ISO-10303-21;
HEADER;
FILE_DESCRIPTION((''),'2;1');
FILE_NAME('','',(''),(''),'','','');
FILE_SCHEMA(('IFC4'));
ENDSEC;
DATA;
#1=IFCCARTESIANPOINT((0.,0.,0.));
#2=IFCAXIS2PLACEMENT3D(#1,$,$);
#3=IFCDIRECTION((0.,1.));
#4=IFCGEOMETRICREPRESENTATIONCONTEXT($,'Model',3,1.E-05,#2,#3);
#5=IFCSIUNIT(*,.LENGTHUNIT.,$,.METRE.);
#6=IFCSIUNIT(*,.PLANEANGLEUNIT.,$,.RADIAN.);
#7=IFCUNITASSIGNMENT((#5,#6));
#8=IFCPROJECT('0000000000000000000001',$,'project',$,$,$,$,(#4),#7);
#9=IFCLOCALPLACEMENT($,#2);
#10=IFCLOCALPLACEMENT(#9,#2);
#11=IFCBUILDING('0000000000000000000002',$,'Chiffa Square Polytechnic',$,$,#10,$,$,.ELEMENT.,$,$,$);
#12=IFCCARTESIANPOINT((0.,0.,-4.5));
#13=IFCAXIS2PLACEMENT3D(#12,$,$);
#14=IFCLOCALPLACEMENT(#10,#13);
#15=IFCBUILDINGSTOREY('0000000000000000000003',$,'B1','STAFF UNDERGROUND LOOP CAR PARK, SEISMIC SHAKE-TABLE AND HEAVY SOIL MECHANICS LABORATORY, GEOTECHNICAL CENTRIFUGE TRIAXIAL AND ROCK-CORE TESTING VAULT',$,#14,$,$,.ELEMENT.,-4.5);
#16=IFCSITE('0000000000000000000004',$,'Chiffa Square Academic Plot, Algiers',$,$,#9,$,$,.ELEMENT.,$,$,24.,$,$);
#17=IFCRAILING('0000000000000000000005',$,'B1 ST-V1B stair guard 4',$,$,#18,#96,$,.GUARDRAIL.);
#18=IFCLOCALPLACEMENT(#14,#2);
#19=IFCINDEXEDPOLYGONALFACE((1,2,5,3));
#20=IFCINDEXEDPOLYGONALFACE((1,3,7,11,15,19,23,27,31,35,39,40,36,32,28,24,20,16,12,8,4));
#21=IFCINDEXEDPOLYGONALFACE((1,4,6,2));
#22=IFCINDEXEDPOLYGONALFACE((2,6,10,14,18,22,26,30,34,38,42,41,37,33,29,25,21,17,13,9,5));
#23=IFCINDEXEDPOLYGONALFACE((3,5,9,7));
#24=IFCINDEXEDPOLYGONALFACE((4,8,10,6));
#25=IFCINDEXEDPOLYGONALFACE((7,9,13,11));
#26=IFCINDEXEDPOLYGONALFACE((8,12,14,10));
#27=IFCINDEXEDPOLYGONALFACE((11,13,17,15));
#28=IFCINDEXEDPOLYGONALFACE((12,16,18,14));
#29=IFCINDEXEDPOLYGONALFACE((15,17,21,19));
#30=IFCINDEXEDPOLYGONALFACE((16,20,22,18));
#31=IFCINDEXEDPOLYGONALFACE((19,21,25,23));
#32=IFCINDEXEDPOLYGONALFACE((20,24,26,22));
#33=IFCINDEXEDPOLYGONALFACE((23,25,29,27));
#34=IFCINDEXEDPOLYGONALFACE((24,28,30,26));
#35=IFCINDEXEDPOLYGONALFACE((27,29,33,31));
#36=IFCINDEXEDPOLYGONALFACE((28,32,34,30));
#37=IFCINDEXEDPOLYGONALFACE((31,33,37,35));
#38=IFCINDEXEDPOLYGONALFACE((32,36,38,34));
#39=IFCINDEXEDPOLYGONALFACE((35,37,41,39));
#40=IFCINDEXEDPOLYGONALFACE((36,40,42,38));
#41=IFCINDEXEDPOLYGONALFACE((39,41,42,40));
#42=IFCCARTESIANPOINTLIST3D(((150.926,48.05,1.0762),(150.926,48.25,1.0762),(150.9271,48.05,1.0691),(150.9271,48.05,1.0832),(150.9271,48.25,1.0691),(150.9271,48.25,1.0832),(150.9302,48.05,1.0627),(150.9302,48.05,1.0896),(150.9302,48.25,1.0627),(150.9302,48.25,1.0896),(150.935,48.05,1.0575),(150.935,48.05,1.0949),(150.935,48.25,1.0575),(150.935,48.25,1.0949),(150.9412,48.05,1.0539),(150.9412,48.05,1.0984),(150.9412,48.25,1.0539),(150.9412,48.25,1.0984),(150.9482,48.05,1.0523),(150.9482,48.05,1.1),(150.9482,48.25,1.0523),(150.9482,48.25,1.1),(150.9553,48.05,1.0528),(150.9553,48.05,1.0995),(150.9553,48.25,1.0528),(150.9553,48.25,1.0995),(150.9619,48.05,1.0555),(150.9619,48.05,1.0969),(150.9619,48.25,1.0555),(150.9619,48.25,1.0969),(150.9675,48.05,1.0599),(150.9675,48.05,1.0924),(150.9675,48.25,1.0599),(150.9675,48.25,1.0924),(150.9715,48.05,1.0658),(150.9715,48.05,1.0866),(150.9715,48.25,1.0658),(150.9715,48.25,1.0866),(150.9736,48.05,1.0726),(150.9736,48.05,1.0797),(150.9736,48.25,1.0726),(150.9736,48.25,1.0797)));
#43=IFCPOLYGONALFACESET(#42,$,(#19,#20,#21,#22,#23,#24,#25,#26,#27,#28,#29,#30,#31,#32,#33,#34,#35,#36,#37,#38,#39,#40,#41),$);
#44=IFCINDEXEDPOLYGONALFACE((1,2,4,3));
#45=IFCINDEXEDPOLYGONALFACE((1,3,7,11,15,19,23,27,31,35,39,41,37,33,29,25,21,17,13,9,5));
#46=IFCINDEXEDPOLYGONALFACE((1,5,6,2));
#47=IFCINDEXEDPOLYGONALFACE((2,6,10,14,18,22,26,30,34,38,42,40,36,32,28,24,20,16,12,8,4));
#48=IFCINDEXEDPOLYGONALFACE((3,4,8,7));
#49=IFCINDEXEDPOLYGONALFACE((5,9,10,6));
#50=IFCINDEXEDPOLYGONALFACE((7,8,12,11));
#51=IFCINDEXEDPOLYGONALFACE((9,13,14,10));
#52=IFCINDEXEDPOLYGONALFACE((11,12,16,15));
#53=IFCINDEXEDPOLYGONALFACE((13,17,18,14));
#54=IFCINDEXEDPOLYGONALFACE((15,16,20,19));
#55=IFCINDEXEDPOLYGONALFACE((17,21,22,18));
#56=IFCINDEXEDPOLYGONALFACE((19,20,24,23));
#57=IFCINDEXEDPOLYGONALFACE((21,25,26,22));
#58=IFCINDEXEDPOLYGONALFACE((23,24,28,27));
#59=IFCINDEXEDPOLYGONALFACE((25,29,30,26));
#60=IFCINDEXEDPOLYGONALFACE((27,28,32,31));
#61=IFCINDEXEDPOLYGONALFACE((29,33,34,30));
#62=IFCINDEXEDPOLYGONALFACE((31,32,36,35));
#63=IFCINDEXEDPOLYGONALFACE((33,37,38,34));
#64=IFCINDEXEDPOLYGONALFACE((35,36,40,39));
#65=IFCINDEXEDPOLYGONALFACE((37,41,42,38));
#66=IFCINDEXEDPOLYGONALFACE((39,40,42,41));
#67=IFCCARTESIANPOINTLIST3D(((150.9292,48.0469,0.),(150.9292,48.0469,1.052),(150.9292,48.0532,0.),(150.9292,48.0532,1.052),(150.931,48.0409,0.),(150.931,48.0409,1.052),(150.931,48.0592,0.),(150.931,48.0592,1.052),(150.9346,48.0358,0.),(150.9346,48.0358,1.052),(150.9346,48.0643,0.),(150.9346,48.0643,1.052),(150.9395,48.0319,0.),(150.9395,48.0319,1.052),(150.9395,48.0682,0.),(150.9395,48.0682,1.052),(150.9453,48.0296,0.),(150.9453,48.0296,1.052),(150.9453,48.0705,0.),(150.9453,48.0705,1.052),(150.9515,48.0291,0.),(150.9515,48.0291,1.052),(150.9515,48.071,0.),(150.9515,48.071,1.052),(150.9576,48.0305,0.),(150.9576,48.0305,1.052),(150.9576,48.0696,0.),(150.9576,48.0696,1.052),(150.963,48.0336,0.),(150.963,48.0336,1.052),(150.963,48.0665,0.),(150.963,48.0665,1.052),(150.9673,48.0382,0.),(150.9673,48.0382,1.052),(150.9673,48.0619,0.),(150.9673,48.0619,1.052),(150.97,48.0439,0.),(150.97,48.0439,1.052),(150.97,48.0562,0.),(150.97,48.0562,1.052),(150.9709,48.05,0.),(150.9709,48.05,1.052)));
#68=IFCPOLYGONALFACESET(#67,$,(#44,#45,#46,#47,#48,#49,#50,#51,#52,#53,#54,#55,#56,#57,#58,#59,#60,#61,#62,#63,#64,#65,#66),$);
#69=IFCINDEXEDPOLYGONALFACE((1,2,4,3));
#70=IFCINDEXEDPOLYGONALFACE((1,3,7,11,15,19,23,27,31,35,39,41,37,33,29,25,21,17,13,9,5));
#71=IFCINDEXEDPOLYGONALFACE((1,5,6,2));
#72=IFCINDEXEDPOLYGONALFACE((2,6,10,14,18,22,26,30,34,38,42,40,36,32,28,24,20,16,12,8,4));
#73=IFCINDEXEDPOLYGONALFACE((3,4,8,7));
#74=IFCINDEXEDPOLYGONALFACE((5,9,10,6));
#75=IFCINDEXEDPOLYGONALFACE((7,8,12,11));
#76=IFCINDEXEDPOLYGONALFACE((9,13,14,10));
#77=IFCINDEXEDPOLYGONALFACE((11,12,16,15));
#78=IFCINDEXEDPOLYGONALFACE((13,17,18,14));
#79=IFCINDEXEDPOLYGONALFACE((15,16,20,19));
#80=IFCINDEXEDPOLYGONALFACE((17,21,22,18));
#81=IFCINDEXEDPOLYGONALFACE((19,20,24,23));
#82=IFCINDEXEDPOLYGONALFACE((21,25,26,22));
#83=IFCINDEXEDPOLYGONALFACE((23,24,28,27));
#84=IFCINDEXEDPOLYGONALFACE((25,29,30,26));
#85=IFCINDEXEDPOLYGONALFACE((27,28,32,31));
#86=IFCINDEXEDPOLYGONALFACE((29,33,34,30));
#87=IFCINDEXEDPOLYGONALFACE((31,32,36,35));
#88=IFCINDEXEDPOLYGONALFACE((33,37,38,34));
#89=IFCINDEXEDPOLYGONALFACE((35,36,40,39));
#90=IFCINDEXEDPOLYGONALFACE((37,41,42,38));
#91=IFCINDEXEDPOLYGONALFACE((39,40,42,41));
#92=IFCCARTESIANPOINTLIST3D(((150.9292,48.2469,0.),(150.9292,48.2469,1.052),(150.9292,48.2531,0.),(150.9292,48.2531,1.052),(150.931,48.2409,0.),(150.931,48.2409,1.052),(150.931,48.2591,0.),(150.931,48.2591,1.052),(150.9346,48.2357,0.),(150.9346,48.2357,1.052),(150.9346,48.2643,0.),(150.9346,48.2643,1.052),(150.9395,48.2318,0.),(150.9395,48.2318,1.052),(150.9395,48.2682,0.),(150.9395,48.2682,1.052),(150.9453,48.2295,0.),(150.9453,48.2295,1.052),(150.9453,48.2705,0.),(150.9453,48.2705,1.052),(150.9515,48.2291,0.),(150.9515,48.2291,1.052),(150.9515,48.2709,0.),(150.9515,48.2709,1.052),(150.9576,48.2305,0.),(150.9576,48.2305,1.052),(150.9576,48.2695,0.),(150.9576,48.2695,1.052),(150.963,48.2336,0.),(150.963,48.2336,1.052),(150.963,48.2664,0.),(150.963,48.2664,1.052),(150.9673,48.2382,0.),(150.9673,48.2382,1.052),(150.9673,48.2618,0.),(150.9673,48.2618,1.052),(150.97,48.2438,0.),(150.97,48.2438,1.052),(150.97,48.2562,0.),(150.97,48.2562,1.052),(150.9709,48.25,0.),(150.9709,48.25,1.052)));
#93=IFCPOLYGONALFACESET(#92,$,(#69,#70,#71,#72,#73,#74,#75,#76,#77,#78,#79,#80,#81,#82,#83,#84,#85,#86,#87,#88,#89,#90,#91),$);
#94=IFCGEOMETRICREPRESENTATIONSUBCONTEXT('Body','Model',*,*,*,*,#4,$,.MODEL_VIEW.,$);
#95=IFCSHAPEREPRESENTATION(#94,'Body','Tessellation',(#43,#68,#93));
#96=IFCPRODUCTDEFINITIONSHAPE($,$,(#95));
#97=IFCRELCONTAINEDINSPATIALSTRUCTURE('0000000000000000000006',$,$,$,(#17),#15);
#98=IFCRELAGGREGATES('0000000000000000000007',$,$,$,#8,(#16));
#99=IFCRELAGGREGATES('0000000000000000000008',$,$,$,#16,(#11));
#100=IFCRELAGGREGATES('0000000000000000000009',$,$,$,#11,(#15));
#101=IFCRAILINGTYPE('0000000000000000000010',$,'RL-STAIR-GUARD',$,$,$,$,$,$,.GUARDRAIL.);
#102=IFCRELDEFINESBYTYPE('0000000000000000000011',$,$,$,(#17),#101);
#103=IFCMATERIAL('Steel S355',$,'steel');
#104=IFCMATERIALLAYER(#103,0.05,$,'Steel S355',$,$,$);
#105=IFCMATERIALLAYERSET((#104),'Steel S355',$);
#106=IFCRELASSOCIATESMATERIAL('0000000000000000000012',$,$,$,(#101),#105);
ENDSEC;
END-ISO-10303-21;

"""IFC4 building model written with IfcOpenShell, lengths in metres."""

from ifc_helpers import new_model, si_unit, direction, frame, origin, origin_2d, place, context, subcontext, project, spatial, circle, extrude, material, layer, layer_set, type_object, element, save


model = new_model("IFC4")

# Units and contexts
model_context = context("Model", 3, precision=1e-05, world=origin(), true_north=direction((0.0, 1.0)))
body_context = subcontext(model_context, "Body", "Model", "MODEL_VIEW")
ifc_project = project(units=[si_unit("LENGTHUNIT", "METRE"), si_unit("PLANEANGLEUNIT", "RADIAN")], contexts=[model_context])

# Site, building, storey
site_placement = place(None, origin())
site = spatial("IfcSite", under=ifc_project, at=site_placement, Name="Chiffa Square Academic Plot, Algiers", CompositionType="ELEMENT", RefElevation=24.0)
building_placement = place(site_placement, origin())
building = spatial("IfcBuilding", under=site, at=building_placement, Name="Chiffa Square Polytechnic", CompositionType="ELEMENT")
storey_placement = place(building_placement, frame((0.0, 0.0, -4.5)))
storey = spatial("IfcBuildingStorey", under=building, at=storey_placement, Name="B1", Description="STAFF UNDERGROUND LOOP CAR PARK, SEISMIC SHAKE-TABLE AND HEAVY SOIL MECHANICS LABORATORY, GEOTECHNICAL CENTRIFUGE TRIAXIAL AND ROCK-CORE TESTING VAULT", CompositionType="ELEMENT", Elevation=-4.5)

# Railing
ifc_material_1 = material(Name="Steel S355", Category="steel")
ifc_layer_1 = layer(ifc_material_1, 0.05, Name="Steel S355")
ifc_layer_set_1 = layer_set([ifc_layer_1], Name="Steel S355")
railing_type_1 = type_object("IfcRailingType", Name="RL-STAIR-GUARD", PredefinedType="GUARDRAIL", material=ifc_layer_set_1)
railing_1_placement = place(storey_placement, frame((150.95, 48.05, 0.0)))
element("IfcRailing", 1, at=railing_1_placement, inside=storey, type_object=railing_type_1, Name="B1 ST-V1B stair guard 4", PredefinedType="GUARDRAIL", context=body_context, shape_type="SweptSolid", body=[
    extrude(circle(Radius=0.0239, at=origin_2d()), frame((0.0, 0.0, 1.0762), z_axis=(0.0, 1.0, 0.0), x_axis=(-1.0, 0.0, 0.0)), (0.0, 0.0, 1.0), 0.2),
    extrude(circle(Radius=0.021, at=origin_2d()), origin(), (0.0, 0.0, 1.0), 1.052),
    extrude(circle(Radius=0.021, at=origin_2d()), frame((0.0, 0.2, 0.0)), (0.0, 0.0, 1.0), 1.052),
])

save(model, "model.ifc")
